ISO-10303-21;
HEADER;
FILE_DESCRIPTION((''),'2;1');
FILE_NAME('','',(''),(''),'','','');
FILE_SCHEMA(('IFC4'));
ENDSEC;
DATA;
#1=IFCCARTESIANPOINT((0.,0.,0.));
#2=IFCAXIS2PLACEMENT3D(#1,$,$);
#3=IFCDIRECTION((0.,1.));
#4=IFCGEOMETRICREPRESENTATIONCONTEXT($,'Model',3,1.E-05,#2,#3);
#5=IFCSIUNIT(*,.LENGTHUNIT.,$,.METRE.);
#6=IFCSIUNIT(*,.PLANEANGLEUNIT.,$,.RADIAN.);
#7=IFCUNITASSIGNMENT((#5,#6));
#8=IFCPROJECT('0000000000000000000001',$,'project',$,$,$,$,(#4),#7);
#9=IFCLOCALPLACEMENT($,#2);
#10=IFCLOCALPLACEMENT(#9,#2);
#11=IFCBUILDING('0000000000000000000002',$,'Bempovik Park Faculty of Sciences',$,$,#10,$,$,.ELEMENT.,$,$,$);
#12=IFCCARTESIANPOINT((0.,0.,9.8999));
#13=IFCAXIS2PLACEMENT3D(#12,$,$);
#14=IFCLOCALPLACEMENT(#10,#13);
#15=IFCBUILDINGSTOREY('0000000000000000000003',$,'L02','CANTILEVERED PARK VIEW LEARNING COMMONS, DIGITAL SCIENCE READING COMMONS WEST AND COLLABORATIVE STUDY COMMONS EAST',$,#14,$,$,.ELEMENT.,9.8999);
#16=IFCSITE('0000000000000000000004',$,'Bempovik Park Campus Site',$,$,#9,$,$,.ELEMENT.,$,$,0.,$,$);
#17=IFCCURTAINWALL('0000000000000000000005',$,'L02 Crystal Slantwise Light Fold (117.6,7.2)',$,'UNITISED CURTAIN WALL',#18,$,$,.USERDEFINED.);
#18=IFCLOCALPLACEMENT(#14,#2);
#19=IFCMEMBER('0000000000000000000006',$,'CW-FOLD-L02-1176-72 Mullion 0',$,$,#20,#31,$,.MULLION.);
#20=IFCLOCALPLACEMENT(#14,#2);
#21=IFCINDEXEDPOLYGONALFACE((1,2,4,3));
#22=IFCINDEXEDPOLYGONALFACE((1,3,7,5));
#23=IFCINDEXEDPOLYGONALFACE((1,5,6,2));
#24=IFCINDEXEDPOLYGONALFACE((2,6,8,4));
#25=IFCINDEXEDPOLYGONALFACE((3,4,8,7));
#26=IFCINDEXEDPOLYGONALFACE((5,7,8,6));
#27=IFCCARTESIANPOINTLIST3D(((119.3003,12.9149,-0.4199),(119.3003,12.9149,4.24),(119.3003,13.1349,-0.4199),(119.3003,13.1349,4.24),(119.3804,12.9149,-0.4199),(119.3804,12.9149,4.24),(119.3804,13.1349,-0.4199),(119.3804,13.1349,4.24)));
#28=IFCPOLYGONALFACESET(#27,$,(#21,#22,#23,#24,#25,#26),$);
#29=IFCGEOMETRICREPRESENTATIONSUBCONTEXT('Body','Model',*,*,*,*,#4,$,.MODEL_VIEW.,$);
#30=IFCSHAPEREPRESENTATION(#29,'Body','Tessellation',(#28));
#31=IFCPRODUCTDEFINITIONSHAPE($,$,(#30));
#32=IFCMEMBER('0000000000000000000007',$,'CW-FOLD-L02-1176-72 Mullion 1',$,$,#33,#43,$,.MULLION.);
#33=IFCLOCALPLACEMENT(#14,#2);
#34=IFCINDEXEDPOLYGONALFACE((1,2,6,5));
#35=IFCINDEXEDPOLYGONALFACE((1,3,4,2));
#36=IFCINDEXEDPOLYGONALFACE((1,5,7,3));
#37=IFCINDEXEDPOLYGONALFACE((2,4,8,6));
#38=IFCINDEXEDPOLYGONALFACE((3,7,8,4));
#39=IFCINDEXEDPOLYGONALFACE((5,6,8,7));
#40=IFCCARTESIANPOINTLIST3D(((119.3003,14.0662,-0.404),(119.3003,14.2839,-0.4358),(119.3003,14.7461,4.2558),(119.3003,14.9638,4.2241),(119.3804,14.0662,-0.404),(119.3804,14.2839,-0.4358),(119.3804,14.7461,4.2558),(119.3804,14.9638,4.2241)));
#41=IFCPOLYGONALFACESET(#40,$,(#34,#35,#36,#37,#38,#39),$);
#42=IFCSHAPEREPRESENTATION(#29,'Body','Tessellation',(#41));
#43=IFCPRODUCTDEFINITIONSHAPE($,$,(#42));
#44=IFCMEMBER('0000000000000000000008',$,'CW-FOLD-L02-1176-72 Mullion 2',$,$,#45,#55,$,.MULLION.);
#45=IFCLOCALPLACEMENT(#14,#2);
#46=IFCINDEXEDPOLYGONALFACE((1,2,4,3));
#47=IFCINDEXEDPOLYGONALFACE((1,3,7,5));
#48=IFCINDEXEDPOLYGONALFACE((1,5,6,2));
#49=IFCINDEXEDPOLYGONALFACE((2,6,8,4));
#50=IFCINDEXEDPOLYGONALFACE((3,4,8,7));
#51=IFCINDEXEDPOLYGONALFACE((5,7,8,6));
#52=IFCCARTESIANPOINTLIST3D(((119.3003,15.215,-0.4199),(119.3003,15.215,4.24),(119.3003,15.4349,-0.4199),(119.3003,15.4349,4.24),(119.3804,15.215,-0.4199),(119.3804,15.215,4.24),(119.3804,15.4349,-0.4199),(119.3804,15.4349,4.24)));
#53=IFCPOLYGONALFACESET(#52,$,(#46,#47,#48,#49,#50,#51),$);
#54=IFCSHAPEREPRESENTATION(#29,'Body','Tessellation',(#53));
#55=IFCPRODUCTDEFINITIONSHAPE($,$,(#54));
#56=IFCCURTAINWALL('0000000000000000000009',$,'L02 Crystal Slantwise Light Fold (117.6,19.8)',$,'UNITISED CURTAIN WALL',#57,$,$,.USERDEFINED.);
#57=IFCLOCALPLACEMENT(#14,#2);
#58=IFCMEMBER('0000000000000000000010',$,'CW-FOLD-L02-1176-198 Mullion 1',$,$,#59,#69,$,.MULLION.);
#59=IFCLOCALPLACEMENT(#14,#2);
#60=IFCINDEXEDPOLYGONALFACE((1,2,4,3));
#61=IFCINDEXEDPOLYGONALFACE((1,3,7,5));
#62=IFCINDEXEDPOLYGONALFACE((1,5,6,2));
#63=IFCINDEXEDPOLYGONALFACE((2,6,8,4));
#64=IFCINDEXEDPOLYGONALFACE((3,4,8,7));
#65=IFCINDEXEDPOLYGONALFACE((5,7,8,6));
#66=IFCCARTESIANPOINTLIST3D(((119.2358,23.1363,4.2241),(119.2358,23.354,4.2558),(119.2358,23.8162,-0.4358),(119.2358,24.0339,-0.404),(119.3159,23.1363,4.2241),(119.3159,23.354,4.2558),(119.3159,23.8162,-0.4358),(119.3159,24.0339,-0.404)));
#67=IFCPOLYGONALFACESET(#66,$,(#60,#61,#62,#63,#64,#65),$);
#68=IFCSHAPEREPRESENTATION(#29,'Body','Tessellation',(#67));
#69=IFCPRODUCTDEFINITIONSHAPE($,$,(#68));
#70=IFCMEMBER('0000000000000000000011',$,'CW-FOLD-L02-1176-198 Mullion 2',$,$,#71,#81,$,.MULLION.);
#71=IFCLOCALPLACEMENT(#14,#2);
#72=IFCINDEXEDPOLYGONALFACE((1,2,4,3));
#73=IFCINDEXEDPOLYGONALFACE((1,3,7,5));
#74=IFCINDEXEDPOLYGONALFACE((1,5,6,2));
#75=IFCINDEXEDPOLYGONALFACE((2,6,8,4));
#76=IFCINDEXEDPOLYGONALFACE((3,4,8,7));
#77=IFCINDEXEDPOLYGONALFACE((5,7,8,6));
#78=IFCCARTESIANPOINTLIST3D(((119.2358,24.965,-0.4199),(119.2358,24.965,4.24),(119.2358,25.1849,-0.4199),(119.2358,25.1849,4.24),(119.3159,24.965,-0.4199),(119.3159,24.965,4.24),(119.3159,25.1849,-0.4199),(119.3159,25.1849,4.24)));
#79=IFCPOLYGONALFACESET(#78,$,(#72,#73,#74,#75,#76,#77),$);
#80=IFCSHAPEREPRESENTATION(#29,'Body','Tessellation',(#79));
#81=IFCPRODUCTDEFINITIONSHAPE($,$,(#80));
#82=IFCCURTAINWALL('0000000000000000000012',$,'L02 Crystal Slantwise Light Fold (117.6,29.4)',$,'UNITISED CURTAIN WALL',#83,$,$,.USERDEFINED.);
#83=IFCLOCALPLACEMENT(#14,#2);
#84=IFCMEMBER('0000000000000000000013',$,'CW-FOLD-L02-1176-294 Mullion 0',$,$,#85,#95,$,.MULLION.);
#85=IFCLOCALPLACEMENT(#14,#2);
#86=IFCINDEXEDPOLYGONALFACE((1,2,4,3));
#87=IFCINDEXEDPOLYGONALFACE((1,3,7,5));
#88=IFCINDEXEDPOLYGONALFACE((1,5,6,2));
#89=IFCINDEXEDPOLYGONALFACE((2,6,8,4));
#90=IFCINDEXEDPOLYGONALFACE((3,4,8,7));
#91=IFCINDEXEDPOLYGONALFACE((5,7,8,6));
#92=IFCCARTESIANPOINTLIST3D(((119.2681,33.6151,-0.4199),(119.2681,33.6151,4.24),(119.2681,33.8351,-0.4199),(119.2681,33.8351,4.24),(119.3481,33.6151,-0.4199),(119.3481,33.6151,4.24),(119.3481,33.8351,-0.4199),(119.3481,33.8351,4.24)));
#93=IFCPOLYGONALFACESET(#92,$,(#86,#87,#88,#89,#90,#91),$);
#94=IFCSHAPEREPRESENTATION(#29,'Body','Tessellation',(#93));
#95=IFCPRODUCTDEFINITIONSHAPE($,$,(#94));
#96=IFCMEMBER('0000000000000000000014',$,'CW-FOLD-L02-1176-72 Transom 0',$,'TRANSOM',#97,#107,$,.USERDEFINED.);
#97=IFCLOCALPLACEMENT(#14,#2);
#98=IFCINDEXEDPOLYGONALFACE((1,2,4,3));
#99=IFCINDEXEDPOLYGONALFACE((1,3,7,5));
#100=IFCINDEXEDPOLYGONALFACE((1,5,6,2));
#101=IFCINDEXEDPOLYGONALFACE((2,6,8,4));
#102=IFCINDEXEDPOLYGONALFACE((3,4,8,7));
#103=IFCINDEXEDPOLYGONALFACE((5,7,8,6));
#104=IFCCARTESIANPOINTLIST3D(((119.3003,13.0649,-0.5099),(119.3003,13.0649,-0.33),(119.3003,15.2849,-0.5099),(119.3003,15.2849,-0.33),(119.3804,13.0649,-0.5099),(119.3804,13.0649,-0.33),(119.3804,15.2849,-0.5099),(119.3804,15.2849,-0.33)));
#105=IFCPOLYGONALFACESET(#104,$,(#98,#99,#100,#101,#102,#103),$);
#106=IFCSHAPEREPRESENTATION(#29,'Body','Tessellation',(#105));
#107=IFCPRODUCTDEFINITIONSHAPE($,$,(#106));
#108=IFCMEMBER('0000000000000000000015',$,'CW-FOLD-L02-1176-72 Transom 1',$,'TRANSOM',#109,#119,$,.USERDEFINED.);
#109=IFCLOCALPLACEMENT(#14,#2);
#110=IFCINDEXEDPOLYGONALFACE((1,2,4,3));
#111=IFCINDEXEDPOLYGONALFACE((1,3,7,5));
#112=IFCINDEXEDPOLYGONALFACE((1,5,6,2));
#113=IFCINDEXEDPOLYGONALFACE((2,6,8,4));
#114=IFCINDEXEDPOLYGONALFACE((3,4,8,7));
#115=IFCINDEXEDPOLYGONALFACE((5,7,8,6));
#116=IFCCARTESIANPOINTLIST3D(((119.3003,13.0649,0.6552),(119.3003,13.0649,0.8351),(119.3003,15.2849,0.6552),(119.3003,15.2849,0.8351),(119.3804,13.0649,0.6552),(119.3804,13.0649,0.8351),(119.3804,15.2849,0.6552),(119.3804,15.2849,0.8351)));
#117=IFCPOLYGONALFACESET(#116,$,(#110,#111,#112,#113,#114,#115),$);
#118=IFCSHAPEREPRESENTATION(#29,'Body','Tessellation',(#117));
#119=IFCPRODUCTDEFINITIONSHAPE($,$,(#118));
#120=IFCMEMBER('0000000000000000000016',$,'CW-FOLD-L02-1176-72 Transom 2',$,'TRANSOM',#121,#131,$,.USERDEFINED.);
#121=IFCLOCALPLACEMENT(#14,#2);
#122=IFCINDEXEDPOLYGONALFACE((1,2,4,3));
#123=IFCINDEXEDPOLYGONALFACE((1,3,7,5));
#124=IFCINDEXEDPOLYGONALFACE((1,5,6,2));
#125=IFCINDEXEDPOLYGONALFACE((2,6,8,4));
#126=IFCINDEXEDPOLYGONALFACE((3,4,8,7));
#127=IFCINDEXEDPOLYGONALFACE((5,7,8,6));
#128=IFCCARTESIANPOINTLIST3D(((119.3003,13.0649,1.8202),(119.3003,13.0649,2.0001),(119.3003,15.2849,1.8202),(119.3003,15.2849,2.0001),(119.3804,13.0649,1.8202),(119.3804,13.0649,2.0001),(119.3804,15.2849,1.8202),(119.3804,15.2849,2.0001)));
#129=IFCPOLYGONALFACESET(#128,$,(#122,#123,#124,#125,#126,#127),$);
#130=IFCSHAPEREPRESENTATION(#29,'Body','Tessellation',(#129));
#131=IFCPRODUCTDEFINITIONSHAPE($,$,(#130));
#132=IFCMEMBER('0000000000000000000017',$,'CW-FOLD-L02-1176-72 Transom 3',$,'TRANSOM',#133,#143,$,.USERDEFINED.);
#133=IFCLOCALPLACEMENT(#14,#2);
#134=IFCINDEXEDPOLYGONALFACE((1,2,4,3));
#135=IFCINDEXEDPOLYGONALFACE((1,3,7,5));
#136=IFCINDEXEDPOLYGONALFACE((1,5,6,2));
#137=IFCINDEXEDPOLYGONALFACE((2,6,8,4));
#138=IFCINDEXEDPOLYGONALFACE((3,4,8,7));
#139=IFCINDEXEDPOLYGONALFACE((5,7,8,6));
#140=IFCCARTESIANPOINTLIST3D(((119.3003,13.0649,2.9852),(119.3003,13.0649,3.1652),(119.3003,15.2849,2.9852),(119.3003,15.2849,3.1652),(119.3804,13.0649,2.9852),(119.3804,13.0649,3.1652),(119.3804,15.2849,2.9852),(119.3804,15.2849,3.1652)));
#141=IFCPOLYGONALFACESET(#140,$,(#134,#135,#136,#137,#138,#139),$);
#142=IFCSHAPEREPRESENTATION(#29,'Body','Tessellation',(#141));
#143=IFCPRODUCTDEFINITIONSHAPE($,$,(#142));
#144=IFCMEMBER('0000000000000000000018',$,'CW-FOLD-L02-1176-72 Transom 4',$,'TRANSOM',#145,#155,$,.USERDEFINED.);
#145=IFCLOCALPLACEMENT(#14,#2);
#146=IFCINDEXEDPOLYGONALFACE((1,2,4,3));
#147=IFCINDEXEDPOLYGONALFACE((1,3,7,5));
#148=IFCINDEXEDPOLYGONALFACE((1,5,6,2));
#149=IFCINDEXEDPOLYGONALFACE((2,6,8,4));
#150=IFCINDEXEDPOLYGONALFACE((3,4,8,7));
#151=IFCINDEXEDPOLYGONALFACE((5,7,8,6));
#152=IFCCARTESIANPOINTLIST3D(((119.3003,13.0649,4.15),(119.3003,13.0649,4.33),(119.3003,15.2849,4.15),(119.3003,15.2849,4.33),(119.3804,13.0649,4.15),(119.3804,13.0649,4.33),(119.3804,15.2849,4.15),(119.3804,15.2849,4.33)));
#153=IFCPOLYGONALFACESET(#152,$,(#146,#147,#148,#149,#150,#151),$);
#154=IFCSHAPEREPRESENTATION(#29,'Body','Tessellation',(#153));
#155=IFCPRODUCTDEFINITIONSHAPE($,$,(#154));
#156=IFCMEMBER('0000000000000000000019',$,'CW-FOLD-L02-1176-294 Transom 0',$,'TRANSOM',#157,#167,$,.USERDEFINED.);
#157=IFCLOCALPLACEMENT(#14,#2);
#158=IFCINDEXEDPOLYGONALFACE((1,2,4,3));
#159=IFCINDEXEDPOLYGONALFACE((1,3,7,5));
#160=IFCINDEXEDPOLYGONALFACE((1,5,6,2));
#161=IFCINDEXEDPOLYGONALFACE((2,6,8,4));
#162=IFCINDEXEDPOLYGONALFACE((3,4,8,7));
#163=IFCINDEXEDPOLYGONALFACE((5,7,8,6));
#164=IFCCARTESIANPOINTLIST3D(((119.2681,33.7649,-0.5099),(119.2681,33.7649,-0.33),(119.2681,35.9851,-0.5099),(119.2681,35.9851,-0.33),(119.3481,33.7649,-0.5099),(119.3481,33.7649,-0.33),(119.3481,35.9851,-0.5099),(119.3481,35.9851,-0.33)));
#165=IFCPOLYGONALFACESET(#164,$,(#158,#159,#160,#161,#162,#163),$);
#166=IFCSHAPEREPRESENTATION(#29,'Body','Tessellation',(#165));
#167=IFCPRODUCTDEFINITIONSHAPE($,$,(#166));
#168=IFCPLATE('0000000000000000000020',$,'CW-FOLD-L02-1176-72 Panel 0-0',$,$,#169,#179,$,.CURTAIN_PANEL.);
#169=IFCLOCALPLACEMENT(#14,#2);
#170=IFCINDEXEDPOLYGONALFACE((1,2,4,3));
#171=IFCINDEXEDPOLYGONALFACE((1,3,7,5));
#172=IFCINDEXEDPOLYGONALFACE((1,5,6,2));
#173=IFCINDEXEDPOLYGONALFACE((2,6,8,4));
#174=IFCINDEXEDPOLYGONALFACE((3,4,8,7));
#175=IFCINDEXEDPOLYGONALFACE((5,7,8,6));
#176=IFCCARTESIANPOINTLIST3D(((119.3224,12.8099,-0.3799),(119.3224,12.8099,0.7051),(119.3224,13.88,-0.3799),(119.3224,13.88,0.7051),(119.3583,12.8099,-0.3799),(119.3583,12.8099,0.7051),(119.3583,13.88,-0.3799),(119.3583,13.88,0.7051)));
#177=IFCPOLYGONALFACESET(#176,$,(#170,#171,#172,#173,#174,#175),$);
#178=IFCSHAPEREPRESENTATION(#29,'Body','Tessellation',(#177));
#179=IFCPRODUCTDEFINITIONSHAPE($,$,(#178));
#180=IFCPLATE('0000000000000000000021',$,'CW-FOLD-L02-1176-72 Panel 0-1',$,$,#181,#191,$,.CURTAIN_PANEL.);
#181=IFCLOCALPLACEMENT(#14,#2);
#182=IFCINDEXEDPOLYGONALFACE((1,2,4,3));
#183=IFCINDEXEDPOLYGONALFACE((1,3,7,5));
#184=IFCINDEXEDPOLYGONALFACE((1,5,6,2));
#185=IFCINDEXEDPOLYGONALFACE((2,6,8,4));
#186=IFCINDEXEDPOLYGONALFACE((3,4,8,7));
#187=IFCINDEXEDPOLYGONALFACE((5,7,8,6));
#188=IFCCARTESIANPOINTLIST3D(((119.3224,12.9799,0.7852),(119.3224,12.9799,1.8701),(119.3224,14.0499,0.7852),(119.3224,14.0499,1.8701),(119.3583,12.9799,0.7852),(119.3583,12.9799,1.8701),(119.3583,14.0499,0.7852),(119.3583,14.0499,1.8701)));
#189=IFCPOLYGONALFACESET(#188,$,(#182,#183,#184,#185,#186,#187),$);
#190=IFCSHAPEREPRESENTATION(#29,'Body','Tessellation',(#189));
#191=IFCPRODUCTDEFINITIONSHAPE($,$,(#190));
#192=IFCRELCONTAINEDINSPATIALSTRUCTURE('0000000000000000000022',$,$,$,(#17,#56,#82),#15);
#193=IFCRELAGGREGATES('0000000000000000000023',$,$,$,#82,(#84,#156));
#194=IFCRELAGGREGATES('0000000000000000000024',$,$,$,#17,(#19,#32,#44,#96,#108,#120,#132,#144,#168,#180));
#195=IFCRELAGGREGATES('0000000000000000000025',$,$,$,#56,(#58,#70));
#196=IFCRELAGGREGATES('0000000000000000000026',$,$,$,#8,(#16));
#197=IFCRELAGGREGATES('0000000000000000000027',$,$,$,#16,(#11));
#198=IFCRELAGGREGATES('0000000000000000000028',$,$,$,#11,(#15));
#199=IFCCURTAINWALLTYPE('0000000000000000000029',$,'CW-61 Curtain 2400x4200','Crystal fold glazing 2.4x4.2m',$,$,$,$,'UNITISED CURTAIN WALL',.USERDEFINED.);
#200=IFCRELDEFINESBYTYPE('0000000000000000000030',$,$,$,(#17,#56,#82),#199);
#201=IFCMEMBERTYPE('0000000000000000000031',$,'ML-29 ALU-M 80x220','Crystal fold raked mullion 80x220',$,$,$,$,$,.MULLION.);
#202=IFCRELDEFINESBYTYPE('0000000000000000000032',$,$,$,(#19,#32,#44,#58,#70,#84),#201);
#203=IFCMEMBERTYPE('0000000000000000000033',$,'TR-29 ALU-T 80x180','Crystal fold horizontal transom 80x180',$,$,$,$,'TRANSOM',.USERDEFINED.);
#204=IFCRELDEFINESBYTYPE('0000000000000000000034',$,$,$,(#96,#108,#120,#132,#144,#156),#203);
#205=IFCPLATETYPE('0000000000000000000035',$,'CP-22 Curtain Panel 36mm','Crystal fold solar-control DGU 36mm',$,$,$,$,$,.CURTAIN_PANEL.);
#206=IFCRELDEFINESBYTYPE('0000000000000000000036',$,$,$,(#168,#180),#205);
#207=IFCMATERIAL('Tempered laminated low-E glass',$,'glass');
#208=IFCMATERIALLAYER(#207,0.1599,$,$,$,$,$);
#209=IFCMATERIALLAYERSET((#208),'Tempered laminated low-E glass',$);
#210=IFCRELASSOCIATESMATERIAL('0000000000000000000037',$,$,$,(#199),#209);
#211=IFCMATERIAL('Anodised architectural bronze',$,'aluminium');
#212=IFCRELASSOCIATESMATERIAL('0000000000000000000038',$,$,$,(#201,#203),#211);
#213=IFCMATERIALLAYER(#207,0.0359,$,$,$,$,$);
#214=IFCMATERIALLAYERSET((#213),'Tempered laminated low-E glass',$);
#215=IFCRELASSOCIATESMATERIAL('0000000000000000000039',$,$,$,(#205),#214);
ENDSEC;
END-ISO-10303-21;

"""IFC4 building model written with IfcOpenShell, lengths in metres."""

from ifc_helpers import new_model, si_unit, direction, frame, origin, origin_2d, place, context, subcontext, project, spatial, rectangle, extrude, material, layer, layer_set, material_profile, profile_set, type_object, element, aggregate, save


model = new_model("IFC4")

# Units and contexts
model_context = context("Model", 3, precision=1e-05, world=origin(), true_north=direction((0.0, 1.0)))
body_context = subcontext(model_context, "Body", "Model", "MODEL_VIEW")
ifc_project = project(units=[si_unit("LENGTHUNIT", "METRE"), si_unit("PLANEANGLEUNIT", "RADIAN")], contexts=[model_context])

# Site, building, storey
site_placement = place(None, origin())
site = spatial("IfcSite", under=ifc_project, at=site_placement, Name="Bempovik Park Campus Site", CompositionType="ELEMENT", RefElevation=0.0)
building_placement = place(site_placement, origin())
building = spatial("IfcBuilding", under=site, at=building_placement, Name="Bempovik Park Faculty of Sciences", CompositionType="ELEMENT")
storey_placement = place(building_placement, frame((0.0, 0.0, 9.8999)))
storey = spatial("IfcBuildingStorey", under=building, at=storey_placement, Name="L02", Description="CANTILEVERED PARK VIEW LEARNING COMMONS, DIGITAL SCIENCE READING COMMONS WEST AND COLLABORATIVE STUDY COMMONS EAST", CompositionType="ELEMENT", Elevation=9.8999)

# Curtain walls, members
ifc_material_1 = material(Name="Tempered laminated low-E glass", Category="glass")
ifc_layer_1 = layer(ifc_material_1, 0.1599)
ifc_layer_set_1 = layer_set([ifc_layer_1], Name="Tempered laminated low-E glass")
curtain_wall_type = type_object("IfcCurtainWallType", Name="CW-61 Curtain 2400x4200", Description="Crystal fold glazing 2.4x4.2m", ElementType="UNITISED CURTAIN WALL", PredefinedType="USERDEFINED", material=ifc_layer_set_1)
curtain_wall_1_placement = place(storey_placement, origin())
curtain_wall_1 = element("IfcCurtainWall", 1, at=curtain_wall_1_placement, inside=storey, type_object=curtain_wall_type, Name="L02 Crystal Slantwise Light Fold (117.6,7.2)", ObjectType="UNITISED CURTAIN WALL", PredefinedType="USERDEFINED")
ifc_material_2 = material(Name="Anodised architectural bronze", Category="aluminium")
ifc_material_profile_1 = material_profile(ifc_material_2, rectangle(XDim=0.0801, YDim=0.22, at=origin_2d()), Name="ALU-M 80x220")
ifc_profile_set_1 = profile_set([ifc_material_profile_1], Name="Anodised architectural bronze")
member_type_1 = type_object("IfcMemberType", Name="ML-29 ALU-M 80x220", Description="Crystal fold raked mullion 80x220", PredefinedType="MULLION", material=ifc_profile_set_1)
member_1_placement = place(storey_placement, frame((119.3403, 13.0249, -0.4199), z_axis=(0.0, 0.0, 1.0), x_axis=(1.0, 0.0, 0.0)))
member_1 = element("IfcMember", 2, at=member_1_placement, type_object=member_type_1, Name="CW-FOLD-L02-1176-72 Mullion 0", PredefinedType="MULLION", context=body_context, shape_type="SweptSolid", body=[
    extrude(rectangle(XDim=0.0801, YDim=0.22, at=origin_2d()), origin(), (0.0, 0.0, 1.0), 4.6599),
])
member_2_placement = place(storey_placement, frame((119.3403, 14.175, -0.4199), z_axis=(0.0, 0.144382, 0.989522), x_axis=(-1.0, 0.0, 0.0)))
member_2 = element("IfcMember", 3, at=member_2_placement, type_object=member_type_1, Name="CW-FOLD-L02-1176-72 Mullion 1", PredefinedType="MULLION", context=body_context, shape_type="SweptSolid", body=[
    extrude(rectangle(XDim=0.0801, YDim=0.22, at=origin_2d()), origin(), (0.0, 0.0, 1.0), 4.7092),
])
member_3_placement = place(storey_placement, frame((119.3403, 15.325, -0.4199), z_axis=(0.0, 0.0, 1.0), x_axis=(1.0, 0.0, 0.0)))
member_3 = element("IfcMember", 4, at=member_3_placement, type_object=member_type_1, Name="CW-FOLD-L02-1176-72 Mullion 2", PredefinedType="MULLION", context=body_context, shape_type="SweptSolid", body=[
    extrude(rectangle(XDim=0.0801, YDim=0.22, at=origin_2d()), origin(), (0.0, 0.0, 1.0), 4.6599),
])
curtain_wall_2_placement = place(storey_placement, origin())
curtain_wall_2 = element("IfcCurtainWall", 5, at=curtain_wall_2_placement, inside=storey, type_object=curtain_wall_type, Name="L02 Crystal Slantwise Light Fold (117.6,19.8)", ObjectType="UNITISED CURTAIN WALL", PredefinedType="USERDEFINED")
member_4_placement = place(storey_placement, frame((119.2759, 23.925, -0.4199), z_axis=(0.0, -0.144382, 0.989522), x_axis=(1.0, 0.0, 0.0)))
member_4 = element("IfcMember", 6, at=member_4_placement, type_object=member_type_1, Name="CW-FOLD-L02-1176-198 Mullion 1", PredefinedType="MULLION", context=body_context, shape_type="SweptSolid", body=[
    extrude(rectangle(XDim=0.0801, YDim=0.22, at=origin_2d()), origin(), (0.0, 0.0, 1.0), 4.7092),
])
member_5_placement = place(storey_placement, frame((119.2759, 25.075, -0.4199), z_axis=(0.0, 0.0, 1.0), x_axis=(1.0, 0.0, 0.0)))
member_5 = element("IfcMember", 7, at=member_5_placement, type_object=member_type_1, Name="CW-FOLD-L02-1176-198 Mullion 2", PredefinedType="MULLION", context=body_context, shape_type="SweptSolid", body=[
    extrude(rectangle(XDim=0.0801, YDim=0.22, at=origin_2d()), origin(), (0.0, 0.0, 1.0), 4.6599),
])

# Curtain wall, member
curtain_wall_3_placement = place(storey_placement, origin())
curtain_wall_3 = element("IfcCurtainWall", 8, at=curtain_wall_3_placement, inside=storey, type_object=curtain_wall_type, Name="L02 Crystal Slantwise Light Fold (117.6,29.4)", ObjectType="UNITISED CURTAIN WALL", PredefinedType="USERDEFINED")
member_6_placement = place(storey_placement, frame((119.3081, 33.7251, -0.4199), z_axis=(0.0, 0.0, 1.0), x_axis=(1.0, 0.0, 0.0)))
member_6 = element("IfcMember", 9, at=member_6_placement, type_object=member_type_1, Name="CW-FOLD-L02-1176-294 Mullion 0", PredefinedType="MULLION", context=body_context, shape_type="SweptSolid", body=[
    extrude(rectangle(XDim=0.0801, YDim=0.22, at=origin_2d()), origin(), (0.0, 0.0, 1.0), 4.6599),
])

# Members
ifc_material_profile_2 = material_profile(ifc_material_2, rectangle(XDim=0.0801, YDim=0.1799, at=origin_2d()), Name="ALU-T 80x180")
ifc_profile_set_2 = profile_set([ifc_material_profile_2], Name="Anodised architectural bronze")
member_type_2 = type_object("IfcMemberType", Name="TR-29 ALU-T 80x180", Description="Crystal fold horizontal transom 80x180", ElementType="TRANSOM", PredefinedType="USERDEFINED", material=ifc_profile_set_2)
member_7_placement = place(storey_placement, frame((119.3403, 13.0649, -0.4199), z_axis=(0.0, 1.0, 0.0), x_axis=(-1.0, 0.0, 0.0)))
member_7 = element("IfcMember", 10, at=member_7_placement, type_object=member_type_2, Name="CW-FOLD-L02-1176-72 Transom 0", ObjectType="TRANSOM", PredefinedType="USERDEFINED", context=body_context, shape_type="SweptSolid", body=[
    extrude(rectangle(XDim=0.0801, YDim=0.1799, at=origin_2d()), origin(), (0.0, 0.0, 1.0), 2.22),
])
member_8_placement = place(storey_placement, frame((119.3403, 13.0649, 0.7451), z_axis=(0.0, 1.0, 0.0), x_axis=(-1.0, 0.0, 0.0)))
member_8 = element("IfcMember", 11, at=member_8_placement, type_object=member_type_2, Name="CW-FOLD-L02-1176-72 Transom 1", ObjectType="TRANSOM", PredefinedType="USERDEFINED", context=body_context, shape_type="SweptSolid", body=[
    extrude(rectangle(XDim=0.0801, YDim=0.1799, at=origin_2d()), origin(), (0.0, 0.0, 1.0), 2.22),
])
member_9_placement = place(storey_placement, frame((119.3403, 13.0649, 1.9102), z_axis=(0.0, 1.0, 0.0), x_axis=(-1.0, 0.0, 0.0)))
member_9 = element("IfcMember", 12, at=member_9_placement, type_object=member_type_2, Name="CW-FOLD-L02-1176-72 Transom 2", ObjectType="TRANSOM", PredefinedType="USERDEFINED", context=body_context, shape_type="SweptSolid", body=[
    extrude(rectangle(XDim=0.0801, YDim=0.1799, at=origin_2d()), origin(), (0.0, 0.0, 1.0), 2.22),
])
member_10_placement = place(storey_placement, frame((119.3403, 13.0649, 3.0752), z_axis=(0.0, 1.0, 0.0), x_axis=(-1.0, 0.0, 0.0)))
member_10 = element("IfcMember", 13, at=member_10_placement, type_object=member_type_2, Name="CW-FOLD-L02-1176-72 Transom 3", ObjectType="TRANSOM", PredefinedType="USERDEFINED", context=body_context, shape_type="SweptSolid", body=[
    extrude(rectangle(XDim=0.0801, YDim=0.1799, at=origin_2d()), origin(), (0.0, 0.0, 1.0), 2.22),
])
member_11_placement = place(storey_placement, frame((119.3403, 13.0649, 4.24), z_axis=(0.0, 1.0, 0.0), x_axis=(-1.0, 0.0, 0.0)))
member_11 = element("IfcMember", 14, at=member_11_placement, type_object=member_type_2, Name="CW-FOLD-L02-1176-72 Transom 4", ObjectType="TRANSOM", PredefinedType="USERDEFINED", context=body_context, shape_type="SweptSolid", body=[
    extrude(rectangle(XDim=0.0801, YDim=0.1799, at=origin_2d()), origin(), (0.0, 0.0, 1.0), 2.22),
])
member_12_placement = place(storey_placement, frame((119.3081, 33.7649, -0.4199), z_axis=(0.0, 1.0, 0.0), x_axis=(-1.0, 0.0, 0.0)))
member_12 = element("IfcMember", 15, at=member_12_placement, type_object=member_type_2, Name="CW-FOLD-L02-1176-294 Transom 0", ObjectType="TRANSOM", PredefinedType="USERDEFINED", context=body_context, shape_type="SweptSolid", body=[
    extrude(rectangle(XDim=0.0801, YDim=0.1799, at=origin_2d()), origin(), (0.0, 0.0, 1.0), 2.2202),
])
aggregate(curtain_wall_3, [member_6, member_12])

# Plates
ifc_layer_2 = layer(ifc_material_1, 0.0359)
ifc_layer_set_2 = layer_set([ifc_layer_2], Name="Tempered laminated low-E glass")
plate_type = type_object("IfcPlateType", Name="CP-22 Curtain Panel 36mm", Description="Crystal fold solar-control DGU 36mm", PredefinedType="CURTAIN_PANEL", material=ifc_layer_set_2)
plate_1_placement = place(storey_placement, frame((119.3403, 13.345, -0.3799), z_axis=(0.0, 0.0, 1.0), x_axis=(0.0, 1.0, 0.0)))
plate_1 = element("IfcPlate", 16, at=plate_1_placement, type_object=plate_type, Name="CW-FOLD-L02-1176-72 Panel 0-0", PredefinedType="CURTAIN_PANEL", context=body_context, shape_type="SweptSolid", body=[
    extrude(rectangle(XDim=1.0701, YDim=0.0359, at=origin_2d()), origin(), (0.0, 0.0, 1.0), 1.085),
])
plate_2_placement = place(storey_placement, frame((119.3403, 13.5149, 0.7852), z_axis=(0.0, 0.0, 1.0), x_axis=(0.0, 1.0, 0.0)))
plate_2 = element("IfcPlate", 17, at=plate_2_placement, type_object=plate_type, Name="CW-FOLD-L02-1176-72 Panel 0-1", PredefinedType="CURTAIN_PANEL", context=body_context, shape_type="SweptSolid", body=[
    extrude(rectangle(XDim=1.0701, YDim=0.0359, at=origin_2d()), origin(), (0.0, 0.0, 1.0), 1.085),
])
aggregate(curtain_wall_1, [member_1, member_2, member_3, member_7, member_8, member_9, member_10, member_11, plate_1, plate_2])
aggregate(curtain_wall_2, [member_4, member_5])

save(model, "model.ifc")
